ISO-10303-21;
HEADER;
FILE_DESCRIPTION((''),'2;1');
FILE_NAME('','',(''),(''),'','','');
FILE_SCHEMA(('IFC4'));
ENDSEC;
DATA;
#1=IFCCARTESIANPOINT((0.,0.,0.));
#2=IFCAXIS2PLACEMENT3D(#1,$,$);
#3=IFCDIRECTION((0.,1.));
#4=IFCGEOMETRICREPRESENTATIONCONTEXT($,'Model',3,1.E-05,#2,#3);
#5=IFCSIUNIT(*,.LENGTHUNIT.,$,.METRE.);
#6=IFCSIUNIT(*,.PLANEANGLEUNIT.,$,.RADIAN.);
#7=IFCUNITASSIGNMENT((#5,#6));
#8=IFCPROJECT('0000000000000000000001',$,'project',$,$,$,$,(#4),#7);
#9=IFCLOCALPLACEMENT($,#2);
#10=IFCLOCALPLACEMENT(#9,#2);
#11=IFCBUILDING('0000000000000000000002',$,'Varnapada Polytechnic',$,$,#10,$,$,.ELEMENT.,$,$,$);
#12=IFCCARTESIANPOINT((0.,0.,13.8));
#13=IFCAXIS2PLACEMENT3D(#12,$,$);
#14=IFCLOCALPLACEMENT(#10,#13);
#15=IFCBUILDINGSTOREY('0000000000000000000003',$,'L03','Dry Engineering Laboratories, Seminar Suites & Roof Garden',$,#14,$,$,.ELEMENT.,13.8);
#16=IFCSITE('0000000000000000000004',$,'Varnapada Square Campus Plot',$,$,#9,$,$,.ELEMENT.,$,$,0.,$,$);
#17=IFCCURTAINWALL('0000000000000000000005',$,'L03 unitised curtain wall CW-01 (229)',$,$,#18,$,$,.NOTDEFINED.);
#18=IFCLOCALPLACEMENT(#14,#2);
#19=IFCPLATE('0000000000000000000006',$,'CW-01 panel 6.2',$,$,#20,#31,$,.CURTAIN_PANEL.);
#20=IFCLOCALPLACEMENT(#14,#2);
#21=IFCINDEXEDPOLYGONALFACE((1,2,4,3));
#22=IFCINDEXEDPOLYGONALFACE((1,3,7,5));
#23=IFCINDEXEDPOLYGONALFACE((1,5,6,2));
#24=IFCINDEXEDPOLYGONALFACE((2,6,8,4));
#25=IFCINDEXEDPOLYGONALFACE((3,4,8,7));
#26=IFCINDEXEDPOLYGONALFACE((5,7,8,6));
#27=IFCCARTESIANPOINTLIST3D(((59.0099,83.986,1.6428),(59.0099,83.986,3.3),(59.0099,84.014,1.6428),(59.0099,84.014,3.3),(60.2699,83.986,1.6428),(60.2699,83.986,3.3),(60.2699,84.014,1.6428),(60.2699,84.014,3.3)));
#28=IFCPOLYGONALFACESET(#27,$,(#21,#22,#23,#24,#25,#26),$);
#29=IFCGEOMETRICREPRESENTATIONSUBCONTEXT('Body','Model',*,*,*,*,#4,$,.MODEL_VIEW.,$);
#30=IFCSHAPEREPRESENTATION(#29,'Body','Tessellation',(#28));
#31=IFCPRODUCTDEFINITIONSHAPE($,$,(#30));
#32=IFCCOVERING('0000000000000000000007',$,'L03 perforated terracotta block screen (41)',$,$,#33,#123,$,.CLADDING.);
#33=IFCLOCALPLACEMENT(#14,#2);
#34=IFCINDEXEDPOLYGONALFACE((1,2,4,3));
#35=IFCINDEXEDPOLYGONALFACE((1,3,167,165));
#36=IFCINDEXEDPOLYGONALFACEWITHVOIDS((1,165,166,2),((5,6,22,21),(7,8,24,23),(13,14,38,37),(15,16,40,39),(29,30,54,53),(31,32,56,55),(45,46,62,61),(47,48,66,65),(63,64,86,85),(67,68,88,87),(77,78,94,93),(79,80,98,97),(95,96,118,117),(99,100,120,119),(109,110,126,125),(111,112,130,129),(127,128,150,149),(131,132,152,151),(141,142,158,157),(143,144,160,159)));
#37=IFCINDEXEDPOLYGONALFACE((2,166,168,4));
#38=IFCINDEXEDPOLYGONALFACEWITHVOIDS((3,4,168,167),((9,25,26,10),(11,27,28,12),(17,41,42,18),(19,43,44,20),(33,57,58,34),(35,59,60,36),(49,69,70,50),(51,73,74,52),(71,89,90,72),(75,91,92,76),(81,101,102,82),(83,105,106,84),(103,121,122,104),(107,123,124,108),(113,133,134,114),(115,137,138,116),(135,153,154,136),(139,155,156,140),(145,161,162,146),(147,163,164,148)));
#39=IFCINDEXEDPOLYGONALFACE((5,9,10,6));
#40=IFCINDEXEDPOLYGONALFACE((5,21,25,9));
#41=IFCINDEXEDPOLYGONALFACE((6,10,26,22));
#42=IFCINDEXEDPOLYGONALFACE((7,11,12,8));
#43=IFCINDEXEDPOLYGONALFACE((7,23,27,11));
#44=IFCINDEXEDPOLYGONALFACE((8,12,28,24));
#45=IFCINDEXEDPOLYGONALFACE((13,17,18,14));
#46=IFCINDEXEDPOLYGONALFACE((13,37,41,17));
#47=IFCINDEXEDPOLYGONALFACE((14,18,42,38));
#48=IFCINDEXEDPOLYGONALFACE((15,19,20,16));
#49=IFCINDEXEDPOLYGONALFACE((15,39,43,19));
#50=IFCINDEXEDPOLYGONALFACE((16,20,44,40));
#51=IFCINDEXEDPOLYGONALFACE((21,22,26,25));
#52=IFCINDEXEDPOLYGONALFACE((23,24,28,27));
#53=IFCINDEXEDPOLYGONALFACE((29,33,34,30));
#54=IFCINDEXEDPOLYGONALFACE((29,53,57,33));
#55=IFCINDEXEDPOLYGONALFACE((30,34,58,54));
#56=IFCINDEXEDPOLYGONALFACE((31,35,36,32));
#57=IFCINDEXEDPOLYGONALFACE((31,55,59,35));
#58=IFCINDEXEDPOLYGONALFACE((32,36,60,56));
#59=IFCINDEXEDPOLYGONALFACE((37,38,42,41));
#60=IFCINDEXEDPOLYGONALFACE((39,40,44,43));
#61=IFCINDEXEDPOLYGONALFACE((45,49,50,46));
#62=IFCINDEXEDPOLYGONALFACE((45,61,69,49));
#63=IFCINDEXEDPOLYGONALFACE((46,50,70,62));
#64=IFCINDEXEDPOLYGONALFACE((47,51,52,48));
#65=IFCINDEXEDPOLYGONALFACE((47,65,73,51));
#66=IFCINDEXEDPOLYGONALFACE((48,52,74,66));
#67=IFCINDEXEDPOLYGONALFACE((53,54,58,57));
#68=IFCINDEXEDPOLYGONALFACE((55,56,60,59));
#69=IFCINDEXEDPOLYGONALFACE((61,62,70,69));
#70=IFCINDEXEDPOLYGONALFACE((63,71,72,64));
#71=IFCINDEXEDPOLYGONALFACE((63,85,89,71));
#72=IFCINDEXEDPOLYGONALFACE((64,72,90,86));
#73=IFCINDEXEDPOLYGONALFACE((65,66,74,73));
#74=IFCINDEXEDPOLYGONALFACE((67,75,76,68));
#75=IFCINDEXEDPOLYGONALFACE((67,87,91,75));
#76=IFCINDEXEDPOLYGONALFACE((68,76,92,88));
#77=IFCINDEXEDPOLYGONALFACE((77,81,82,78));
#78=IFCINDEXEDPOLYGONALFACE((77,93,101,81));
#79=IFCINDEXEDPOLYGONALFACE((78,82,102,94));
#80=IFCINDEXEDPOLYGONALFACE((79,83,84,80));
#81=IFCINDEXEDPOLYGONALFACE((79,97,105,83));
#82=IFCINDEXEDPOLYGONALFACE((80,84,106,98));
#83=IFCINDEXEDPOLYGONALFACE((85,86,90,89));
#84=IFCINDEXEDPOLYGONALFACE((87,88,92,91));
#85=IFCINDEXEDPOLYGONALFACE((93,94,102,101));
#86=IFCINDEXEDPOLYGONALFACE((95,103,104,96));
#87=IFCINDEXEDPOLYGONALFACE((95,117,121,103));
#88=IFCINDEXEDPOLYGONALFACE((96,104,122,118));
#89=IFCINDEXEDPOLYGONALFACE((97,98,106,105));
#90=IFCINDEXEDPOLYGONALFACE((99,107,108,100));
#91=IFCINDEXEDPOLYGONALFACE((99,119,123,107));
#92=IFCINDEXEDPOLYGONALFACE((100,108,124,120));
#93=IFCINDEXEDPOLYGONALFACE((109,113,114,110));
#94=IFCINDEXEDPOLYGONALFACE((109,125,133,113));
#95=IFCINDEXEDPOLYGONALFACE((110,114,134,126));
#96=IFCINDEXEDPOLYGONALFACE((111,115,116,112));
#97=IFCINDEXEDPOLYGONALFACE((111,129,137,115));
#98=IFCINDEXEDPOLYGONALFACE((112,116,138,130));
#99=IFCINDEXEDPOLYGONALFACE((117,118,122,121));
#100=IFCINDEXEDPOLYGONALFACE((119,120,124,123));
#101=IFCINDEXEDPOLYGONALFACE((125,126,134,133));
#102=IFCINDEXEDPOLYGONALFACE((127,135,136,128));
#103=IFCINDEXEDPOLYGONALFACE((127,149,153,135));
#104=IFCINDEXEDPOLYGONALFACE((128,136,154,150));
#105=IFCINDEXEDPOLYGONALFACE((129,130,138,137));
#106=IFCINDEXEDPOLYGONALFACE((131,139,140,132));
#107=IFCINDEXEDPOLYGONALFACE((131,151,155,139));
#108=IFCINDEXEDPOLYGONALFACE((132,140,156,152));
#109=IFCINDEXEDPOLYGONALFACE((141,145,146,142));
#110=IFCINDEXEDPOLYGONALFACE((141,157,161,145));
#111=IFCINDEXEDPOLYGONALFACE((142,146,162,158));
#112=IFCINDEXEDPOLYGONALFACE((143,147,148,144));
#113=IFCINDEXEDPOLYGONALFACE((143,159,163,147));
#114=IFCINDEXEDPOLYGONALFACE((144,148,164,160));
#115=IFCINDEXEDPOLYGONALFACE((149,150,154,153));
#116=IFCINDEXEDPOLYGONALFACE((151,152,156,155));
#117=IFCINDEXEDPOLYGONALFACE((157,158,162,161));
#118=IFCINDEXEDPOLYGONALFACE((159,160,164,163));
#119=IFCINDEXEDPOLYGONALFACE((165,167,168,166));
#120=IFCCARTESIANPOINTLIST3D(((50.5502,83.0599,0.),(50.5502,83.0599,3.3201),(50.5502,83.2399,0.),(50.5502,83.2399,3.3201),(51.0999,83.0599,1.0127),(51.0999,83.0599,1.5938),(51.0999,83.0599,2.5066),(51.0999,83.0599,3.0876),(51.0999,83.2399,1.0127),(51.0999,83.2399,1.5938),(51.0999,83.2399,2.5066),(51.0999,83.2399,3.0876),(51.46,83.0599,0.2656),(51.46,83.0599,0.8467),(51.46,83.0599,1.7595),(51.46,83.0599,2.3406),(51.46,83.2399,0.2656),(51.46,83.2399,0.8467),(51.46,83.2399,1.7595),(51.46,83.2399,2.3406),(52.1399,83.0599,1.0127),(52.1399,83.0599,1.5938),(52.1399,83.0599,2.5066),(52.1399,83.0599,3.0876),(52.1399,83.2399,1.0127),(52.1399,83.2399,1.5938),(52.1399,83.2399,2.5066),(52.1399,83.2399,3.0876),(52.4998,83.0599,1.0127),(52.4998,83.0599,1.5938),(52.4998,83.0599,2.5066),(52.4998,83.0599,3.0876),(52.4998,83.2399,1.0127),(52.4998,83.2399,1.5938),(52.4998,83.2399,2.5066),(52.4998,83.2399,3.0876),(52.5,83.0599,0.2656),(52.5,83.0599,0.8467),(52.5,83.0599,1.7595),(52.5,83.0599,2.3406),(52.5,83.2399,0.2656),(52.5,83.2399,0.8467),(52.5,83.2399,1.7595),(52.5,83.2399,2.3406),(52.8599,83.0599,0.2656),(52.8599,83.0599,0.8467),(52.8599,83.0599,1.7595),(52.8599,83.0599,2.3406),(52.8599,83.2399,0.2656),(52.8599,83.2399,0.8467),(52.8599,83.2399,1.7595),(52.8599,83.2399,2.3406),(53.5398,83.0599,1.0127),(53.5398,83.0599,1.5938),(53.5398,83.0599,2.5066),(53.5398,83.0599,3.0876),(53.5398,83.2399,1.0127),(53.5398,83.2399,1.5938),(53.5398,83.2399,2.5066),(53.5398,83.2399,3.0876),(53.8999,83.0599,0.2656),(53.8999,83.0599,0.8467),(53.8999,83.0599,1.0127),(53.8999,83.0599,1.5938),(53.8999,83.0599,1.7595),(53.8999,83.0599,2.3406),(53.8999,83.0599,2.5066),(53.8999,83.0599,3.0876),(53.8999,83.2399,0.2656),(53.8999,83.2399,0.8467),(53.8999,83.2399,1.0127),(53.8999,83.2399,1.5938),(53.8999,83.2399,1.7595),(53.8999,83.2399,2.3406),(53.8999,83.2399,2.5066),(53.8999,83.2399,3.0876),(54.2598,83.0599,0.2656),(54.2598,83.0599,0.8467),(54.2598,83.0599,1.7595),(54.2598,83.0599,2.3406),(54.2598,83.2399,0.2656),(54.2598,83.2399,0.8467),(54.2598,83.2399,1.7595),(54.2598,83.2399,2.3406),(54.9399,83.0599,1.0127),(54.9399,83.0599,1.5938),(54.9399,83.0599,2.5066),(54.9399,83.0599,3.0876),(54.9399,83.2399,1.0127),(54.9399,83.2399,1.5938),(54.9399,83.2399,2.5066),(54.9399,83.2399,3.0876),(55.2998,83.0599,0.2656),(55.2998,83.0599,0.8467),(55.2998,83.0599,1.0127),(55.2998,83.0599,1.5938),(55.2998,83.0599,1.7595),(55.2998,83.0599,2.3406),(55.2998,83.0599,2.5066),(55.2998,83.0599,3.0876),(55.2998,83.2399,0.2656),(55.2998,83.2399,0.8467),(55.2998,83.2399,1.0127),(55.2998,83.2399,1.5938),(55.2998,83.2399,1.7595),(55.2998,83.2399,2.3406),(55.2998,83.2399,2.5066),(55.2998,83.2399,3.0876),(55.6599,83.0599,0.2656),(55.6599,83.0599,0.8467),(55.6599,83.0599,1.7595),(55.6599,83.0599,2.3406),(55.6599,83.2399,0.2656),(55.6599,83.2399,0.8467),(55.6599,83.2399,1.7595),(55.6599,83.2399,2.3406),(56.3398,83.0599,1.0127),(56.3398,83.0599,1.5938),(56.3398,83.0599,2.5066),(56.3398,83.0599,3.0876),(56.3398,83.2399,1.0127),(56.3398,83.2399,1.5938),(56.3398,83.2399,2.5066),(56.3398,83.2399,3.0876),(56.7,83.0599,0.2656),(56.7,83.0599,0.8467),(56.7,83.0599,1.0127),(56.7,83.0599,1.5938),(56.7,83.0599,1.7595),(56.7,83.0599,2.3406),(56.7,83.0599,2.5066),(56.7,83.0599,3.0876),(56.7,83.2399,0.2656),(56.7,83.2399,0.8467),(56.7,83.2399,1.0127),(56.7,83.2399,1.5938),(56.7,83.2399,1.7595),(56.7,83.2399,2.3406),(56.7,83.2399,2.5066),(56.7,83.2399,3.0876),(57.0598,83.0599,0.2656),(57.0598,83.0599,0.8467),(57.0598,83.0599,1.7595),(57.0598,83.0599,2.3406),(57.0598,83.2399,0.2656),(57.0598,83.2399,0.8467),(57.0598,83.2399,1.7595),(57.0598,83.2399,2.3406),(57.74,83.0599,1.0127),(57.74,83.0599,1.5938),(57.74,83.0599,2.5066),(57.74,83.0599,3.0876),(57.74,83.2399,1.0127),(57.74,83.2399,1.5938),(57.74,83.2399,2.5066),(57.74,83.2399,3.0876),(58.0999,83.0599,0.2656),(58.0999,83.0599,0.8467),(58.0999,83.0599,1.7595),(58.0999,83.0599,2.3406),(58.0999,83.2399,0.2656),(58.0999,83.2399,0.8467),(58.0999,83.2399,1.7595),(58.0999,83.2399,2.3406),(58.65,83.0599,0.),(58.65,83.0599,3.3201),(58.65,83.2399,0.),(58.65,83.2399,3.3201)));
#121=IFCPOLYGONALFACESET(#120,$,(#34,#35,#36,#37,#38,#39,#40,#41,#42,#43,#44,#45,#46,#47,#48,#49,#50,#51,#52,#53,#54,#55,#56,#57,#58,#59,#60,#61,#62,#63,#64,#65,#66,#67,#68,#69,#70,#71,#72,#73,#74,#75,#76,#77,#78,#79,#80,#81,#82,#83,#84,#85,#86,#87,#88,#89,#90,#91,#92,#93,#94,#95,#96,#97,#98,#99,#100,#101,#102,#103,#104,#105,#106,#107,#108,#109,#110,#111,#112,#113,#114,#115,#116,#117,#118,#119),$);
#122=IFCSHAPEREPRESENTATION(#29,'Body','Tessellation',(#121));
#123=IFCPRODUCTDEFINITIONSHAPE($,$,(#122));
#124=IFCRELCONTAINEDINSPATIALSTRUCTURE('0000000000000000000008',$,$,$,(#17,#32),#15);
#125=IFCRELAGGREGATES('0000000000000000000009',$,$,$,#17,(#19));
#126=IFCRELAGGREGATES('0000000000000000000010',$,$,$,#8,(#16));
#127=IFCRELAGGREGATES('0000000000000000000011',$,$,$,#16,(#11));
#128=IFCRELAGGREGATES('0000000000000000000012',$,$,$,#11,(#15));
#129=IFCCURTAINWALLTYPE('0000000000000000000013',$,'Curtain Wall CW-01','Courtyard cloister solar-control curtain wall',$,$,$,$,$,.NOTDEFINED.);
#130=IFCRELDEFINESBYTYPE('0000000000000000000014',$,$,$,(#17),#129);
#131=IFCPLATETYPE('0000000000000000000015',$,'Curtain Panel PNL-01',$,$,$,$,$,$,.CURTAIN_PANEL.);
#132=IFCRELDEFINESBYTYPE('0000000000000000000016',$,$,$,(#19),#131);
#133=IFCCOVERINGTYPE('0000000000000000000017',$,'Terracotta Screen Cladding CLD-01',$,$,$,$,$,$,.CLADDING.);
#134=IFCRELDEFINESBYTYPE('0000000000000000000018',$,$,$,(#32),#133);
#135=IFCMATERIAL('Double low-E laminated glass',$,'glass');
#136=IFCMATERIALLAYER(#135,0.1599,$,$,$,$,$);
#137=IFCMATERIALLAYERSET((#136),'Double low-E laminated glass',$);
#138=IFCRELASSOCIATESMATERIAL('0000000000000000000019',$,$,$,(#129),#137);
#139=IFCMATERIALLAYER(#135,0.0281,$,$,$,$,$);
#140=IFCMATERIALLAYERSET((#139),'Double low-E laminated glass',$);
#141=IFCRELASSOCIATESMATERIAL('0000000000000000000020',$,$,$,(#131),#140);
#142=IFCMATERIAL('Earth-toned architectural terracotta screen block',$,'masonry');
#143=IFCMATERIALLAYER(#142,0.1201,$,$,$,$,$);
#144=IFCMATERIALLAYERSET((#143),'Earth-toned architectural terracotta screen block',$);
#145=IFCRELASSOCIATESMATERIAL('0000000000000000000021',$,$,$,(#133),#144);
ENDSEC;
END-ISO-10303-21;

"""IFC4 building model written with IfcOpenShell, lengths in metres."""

from ifc_helpers import new_model, si_unit, direction, frame, frame_2d, origin, origin_2d, place, context, subcontext, project, spatial, rectangle, extrude, material, layer, layer_set, type_object, element, aggregate, save


model = new_model("IFC4")

# Units and contexts
model_context = context("Model", 3, precision=1e-05, world=origin(), true_north=direction((0.0, 1.0)))
body_context = subcontext(model_context, "Body", "Model", "MODEL_VIEW")
ifc_project = project(units=[si_unit("LENGTHUNIT", "METRE"), si_unit("PLANEANGLEUNIT", "RADIAN")], contexts=[model_context])

# Site, building, storey
site_placement = place(None, origin())
site = spatial("IfcSite", under=ifc_project, at=site_placement, Name="Varnapada Square Campus Plot", CompositionType="ELEMENT", RefElevation=0.0)
building_placement = place(site_placement, origin())
building = spatial("IfcBuilding", under=site, at=building_placement, Name="Varnapada Polytechnic", CompositionType="ELEMENT")
storey_placement = place(building_placement, frame((0.0, 0.0, 13.8)))
storey = spatial("IfcBuildingStorey", under=building, at=storey_placement, Name="L03", Description="Dry Engineering Laboratories, Seminar Suites & Roof Garden", CompositionType="ELEMENT", Elevation=13.8)

# Curtain wall
ifc_material_1 = material(Name="Double low-E laminated glass", Category="glass")
ifc_layer_1 = layer(ifc_material_1, 0.1599)
ifc_layer_set_1 = layer_set([ifc_layer_1], Name="Double low-E laminated glass")
curtain_wall_type = type_object("IfcCurtainWallType", Name="Curtain Wall CW-01", Description="Courtyard cloister solar-control curtain wall", PredefinedType="NOTDEFINED", material=ifc_layer_set_1)
curtain_wall_placement = place(storey_placement, origin())
curtain_wall = element("IfcCurtainWall", 1, at=curtain_wall_placement, inside=storey, type_object=curtain_wall_type, Name="L03 unitised curtain wall CW-01 (229)", PredefinedType="NOTDEFINED")

# Plate
ifc_layer_2 = layer(ifc_material_1, 0.0281)
ifc_layer_set_2 = layer_set([ifc_layer_2], Name="Double low-E laminated glass")
plate_type = type_object("IfcPlateType", Name="Curtain Panel PNL-01", PredefinedType="CURTAIN_PANEL", material=ifc_layer_set_2)
plate_1_placement = place(storey_placement, frame((59.6399, 84.0, 1.6428), z_axis=(0.0, 0.0, 1.0), x_axis=(-1.0, 0.0, 0.0)))
plate_1 = element("IfcPlate", 2, at=plate_1_placement, type_object=plate_type, Name="CW-01 panel 6.2", PredefinedType="CURTAIN_PANEL", context=body_context, shape_type="SweptSolid", body=[
    extrude(rectangle(XDim=1.26, YDim=0.0281, at=origin_2d()), origin(), (0.0, 0.0, 1.0), 1.6572),
])
aggregate(curtain_wall, [plate_1])

# Covering, openings
ifc_material_2 = material(Name="Earth-toned architectural terracotta screen block", Category="masonry")
ifc_layer_3 = layer(ifc_material_2, 0.1201)
ifc_layer_set_3 = layer_set([ifc_layer_3], Name="Earth-toned architectural terracotta screen block")
covering_type = type_object("IfcCoveringType", Name="Terracotta Screen Cladding CLD-01", PredefinedType="CLADDING", material=ifc_layer_set_3)
covering_placement = place(storey_placement, frame((58.6499, 83.1499, 0.0), z_axis=(0.0, 0.0, 1.0), x_axis=(-1.0, 0.0, 0.0)))
covering = element("IfcCovering", 3, at=covering_placement, inside=storey, type_object=covering_type, Name="L03 perforated terracotta block screen (41)", PredefinedType="CLADDING", context=body_context, shape_type="SweptSolid", body=[
    extrude(rectangle(XDim=8.0999, YDim=0.1799, at=frame_2d((4.0498, 0.0))), origin(), (0.0, 0.0, 1.0), 3.3201),
])
opening_1_placement = place(covering_placement, frame((0.55, 0.0, 0.2656)))
element("IfcOpeningElement", 4, at=opening_1_placement, cuts=covering, PredefinedType="OPENING", context=body_context, shape_type="SweptSolid", body=[
    extrude(rectangle(XDim=1.04, YDim=0.5811, at=frame_2d((0.52, 0.2905))), frame((0.0, 0.0999, 0.0), z_axis=(0.0, -1.0, 0.0), x_axis=(1.0, 0.0, 0.0)), (0.0, 0.0, 1.0), 0.2),
])
opening_2_placement = place(covering_placement, frame((1.95, 0.0, 0.2656)))
element("IfcOpeningElement", 5, at=opening_2_placement, cuts=covering, PredefinedType="OPENING", context=body_context, shape_type="SweptSolid", body=[
    extrude(rectangle(XDim=1.04, YDim=0.5811, at=frame_2d((0.52, 0.2905))), frame((0.0, 0.0999, 0.0), z_axis=(0.0, -1.0, 0.0), x_axis=(1.0, 0.0, 0.0)), (0.0, 0.0, 1.0), 0.2),
])
opening_3_placement = place(covering_placement, frame((3.3501, 0.0, 0.2656)))
element("IfcOpeningElement", 6, at=opening_3_placement, cuts=covering, PredefinedType="OPENING", context=body_context, shape_type="SweptSolid", body=[
    extrude(rectangle(XDim=1.04, YDim=0.5811, at=frame_2d((0.52, 0.2905))), frame((0.0, 0.0999, 0.0), z_axis=(0.0, -1.0, 0.0), x_axis=(1.0, 0.0, 0.0)), (0.0, 0.0, 1.0), 0.2),
])
opening_4_placement = place(covering_placement, frame((4.75, 0.0, 0.2656)))
element("IfcOpeningElement", 7, at=opening_4_placement, cuts=covering, PredefinedType="OPENING", context=body_context, shape_type="SweptSolid", body=[
    extrude(rectangle(XDim=1.04, YDim=0.5811, at=frame_2d((0.52, 0.2905))), frame((0.0, 0.0999, 0.0), z_axis=(0.0, -1.0, 0.0), x_axis=(1.0, 0.0, 0.0)), (0.0, 0.0, 1.0), 0.2),
])
opening_5_placement = place(covering_placement, frame((6.1499, 0.0, 0.2656)))
element("IfcOpeningElement", 8, at=opening_5_placement, cuts=covering, PredefinedType="OPENING", context=body_context, shape_type="SweptSolid", body=[
    extrude(rectangle(XDim=1.04, YDim=0.5811, at=frame_2d((0.52, 0.2905))), frame((0.0, 0.0999, 0.0), z_axis=(0.0, -1.0, 0.0), x_axis=(1.0, 0.0, 0.0)), (0.0, 0.0, 1.0), 0.2),
])
opening_6_placement = place(covering_placement, frame((0.9099, 0.0, 1.0127)))
element("IfcOpeningElement", 9, at=opening_6_placement, cuts=covering, PredefinedType="OPENING", context=body_context, shape_type="SweptSolid", body=[
    extrude(rectangle(XDim=1.04, YDim=0.5811, at=frame_2d((0.52, 0.2905))), frame((0.0, 0.0999, 0.0), z_axis=(0.0, -1.0, 0.0), x_axis=(1.0, 0.0, 0.0)), (0.0, 0.0, 1.0), 0.2),
])
opening_7_placement = place(covering_placement, frame((2.3101, 0.0, 1.0127)))
element("IfcOpeningElement", 10, at=opening_7_placement, cuts=covering, PredefinedType="OPENING", context=body_context, shape_type="SweptSolid", body=[
    extrude(rectangle(XDim=1.04, YDim=0.5811, at=frame_2d((0.52, 0.2905))), frame((0.0, 0.0999, 0.0), z_axis=(0.0, -1.0, 0.0), x_axis=(1.0, 0.0, 0.0)), (0.0, 0.0, 1.0), 0.2),
])
opening_8_placement = place(covering_placement, frame((3.71, 0.0, 1.0127)))
element("IfcOpeningElement", 11, at=opening_8_placement, cuts=covering, PredefinedType="OPENING", context=body_context, shape_type="SweptSolid", body=[
    extrude(rectangle(XDim=1.04, YDim=0.5811, at=frame_2d((0.52, 0.2905))), frame((0.0, 0.0999, 0.0), z_axis=(0.0, -1.0, 0.0), x_axis=(1.0, 0.0, 0.0)), (0.0, 0.0, 1.0), 0.2),
])
opening_9_placement = place(covering_placement, frame((5.1101, 0.0, 1.0127)))
element("IfcOpeningElement", 12, at=opening_9_placement, cuts=covering, PredefinedType="OPENING", context=body_context, shape_type="SweptSolid", body=[
    extrude(rectangle(XDim=1.04, YDim=0.5811, at=frame_2d((0.52, 0.2905))), frame((0.0, 0.0999, 0.0), z_axis=(0.0, -1.0, 0.0), x_axis=(1.0, 0.0, 0.0)), (0.0, 0.0, 1.0), 0.2),
])
opening_10_placement = place(covering_placement, frame((6.51, 0.0, 1.0127)))
element("IfcOpeningElement", 13, at=opening_10_placement, cuts=covering, PredefinedType="OPENING", context=body_context, shape_type="SweptSolid", body=[
    extrude(rectangle(XDim=1.04, YDim=0.5811, at=frame_2d((0.52, 0.2905))), frame((0.0, 0.0999, 0.0), z_axis=(0.0, -1.0, 0.0), x_axis=(1.0, 0.0, 0.0)), (0.0, 0.0, 1.0), 0.2),
])
opening_11_placement = place(covering_placement, frame((0.55, 0.0, 1.7595)))
element("IfcOpeningElement", 14, at=opening_11_placement, cuts=covering, PredefinedType="OPENING", context=body_context, shape_type="SweptSolid", body=[
    extrude(rectangle(XDim=1.04, YDim=0.5811, at=frame_2d((0.52, 0.2905))), frame((0.0, 0.0999, 0.0), z_axis=(0.0, -1.0, 0.0), x_axis=(1.0, 0.0, 0.0)), (0.0, 0.0, 1.0), 0.2),
])
opening_12_placement = place(covering_placement, frame((1.95, 0.0, 1.7595)))
element("IfcOpeningElement", 15, at=opening_12_placement, cuts=covering, PredefinedType="OPENING", context=body_context, shape_type="SweptSolid", body=[
    extrude(rectangle(XDim=1.04, YDim=0.5811, at=frame_2d((0.52, 0.2905))), frame((0.0, 0.0999, 0.0), z_axis=(0.0, -1.0, 0.0), x_axis=(1.0, 0.0, 0.0)), (0.0, 0.0, 1.0), 0.2),
])
opening_13_placement = place(covering_placement, frame((3.3501, 0.0, 1.7595)))
element("IfcOpeningElement", 16, at=opening_13_placement, cuts=covering, PredefinedType="OPENING", context=body_context, shape_type="SweptSolid", body=[
    extrude(rectangle(XDim=1.04, YDim=0.5811, at=frame_2d((0.52, 0.2905))), frame((0.0, 0.0999, 0.0), z_axis=(0.0, -1.0, 0.0), x_axis=(1.0, 0.0, 0.0)), (0.0, 0.0, 1.0), 0.2),
])
opening_14_placement = place(covering_placement, frame((4.75, 0.0, 1.7595)))
element("IfcOpeningElement", 17, at=opening_14_placement, cuts=covering, PredefinedType="OPENING", context=body_context, shape_type="SweptSolid", body=[
    extrude(rectangle(XDim=1.04, YDim=0.5811, at=frame_2d((0.52, 0.2905))), frame((0.0, 0.0999, 0.0), z_axis=(0.0, -1.0, 0.0), x_axis=(1.0, 0.0, 0.0)), (0.0, 0.0, 1.0), 0.2),
])
opening_15_placement = place(covering_placement, frame((6.1499, 0.0, 1.7595)))
element("IfcOpeningElement", 18, at=opening_15_placement, cuts=covering, PredefinedType="OPENING", context=body_context, shape_type="SweptSolid", body=[
    extrude(rectangle(XDim=1.04, YDim=0.5811, at=frame_2d((0.52, 0.2905))), frame((0.0, 0.0999, 0.0), z_axis=(0.0, -1.0, 0.0), x_axis=(1.0, 0.0, 0.0)), (0.0, 0.0, 1.0), 0.2),
])
opening_16_placement = place(covering_placement, frame((0.9099, 0.0, 2.5066)))
element("IfcOpeningElement", 19, at=opening_16_placement, cuts=covering, PredefinedType="OPENING", context=body_context, shape_type="SweptSolid", body=[
    extrude(rectangle(XDim=1.04, YDim=0.5811, at=frame_2d((0.52, 0.2905))), frame((0.0, 0.0999, 0.0), z_axis=(0.0, -1.0, 0.0), x_axis=(1.0, 0.0, 0.0)), (0.0, 0.0, 1.0), 0.2),
])
opening_17_placement = place(covering_placement, frame((2.3101, 0.0, 2.5066)))
element("IfcOpeningElement", 20, at=opening_17_placement, cuts=covering, PredefinedType="OPENING", context=body_context, shape_type="SweptSolid", body=[
    extrude(rectangle(XDim=1.04, YDim=0.5811, at=frame_2d((0.52, 0.2905))), frame((0.0, 0.0999, 0.0), z_axis=(0.0, -1.0, 0.0), x_axis=(1.0, 0.0, 0.0)), (0.0, 0.0, 1.0), 0.2),
])
opening_18_placement = place(covering_placement, frame((3.71, 0.0, 2.5066)))
element("IfcOpeningElement", 21, at=opening_18_placement, cuts=covering, PredefinedType="OPENING", context=body_context, shape_type="SweptSolid", body=[
    extrude(rectangle(XDim=1.04, YDim=0.5811, at=frame_2d((0.52, 0.2905))), frame((0.0, 0.0999, 0.0), z_axis=(0.0, -1.0, 0.0), x_axis=(1.0, 0.0, 0.0)), (0.0, 0.0, 1.0), 0.2),
])
opening_19_placement = place(covering_placement, frame((5.1101, 0.0, 2.5066)))
element("IfcOpeningElement", 22, at=opening_19_placement, cuts=covering, PredefinedType="OPENING", context=body_context, shape_type="SweptSolid", body=[
    extrude(rectangle(XDim=1.04, YDim=0.5811, at=frame_2d((0.52, 0.2905))), frame((0.0, 0.0999, 0.0), z_axis=(0.0, -1.0, 0.0), x_axis=(1.0, 0.0, 0.0)), (0.0, 0.0, 1.0), 0.2),
])
opening_20_placement = place(covering_placement, frame((6.51, 0.0, 2.5066)))
element("IfcOpeningElement", 23, at=opening_20_placement, cuts=covering, PredefinedType="OPENING", context=body_context, shape_type="SweptSolid", body=[
    extrude(rectangle(XDim=1.04, YDim=0.5811, at=frame_2d((0.52, 0.2905))), frame((0.0, 0.0999, 0.0), z_axis=(0.0, -1.0, 0.0), x_axis=(1.0, 0.0, 0.0)), (0.0, 0.0, 1.0), 0.2),
])

save(model, "model.ifc")
